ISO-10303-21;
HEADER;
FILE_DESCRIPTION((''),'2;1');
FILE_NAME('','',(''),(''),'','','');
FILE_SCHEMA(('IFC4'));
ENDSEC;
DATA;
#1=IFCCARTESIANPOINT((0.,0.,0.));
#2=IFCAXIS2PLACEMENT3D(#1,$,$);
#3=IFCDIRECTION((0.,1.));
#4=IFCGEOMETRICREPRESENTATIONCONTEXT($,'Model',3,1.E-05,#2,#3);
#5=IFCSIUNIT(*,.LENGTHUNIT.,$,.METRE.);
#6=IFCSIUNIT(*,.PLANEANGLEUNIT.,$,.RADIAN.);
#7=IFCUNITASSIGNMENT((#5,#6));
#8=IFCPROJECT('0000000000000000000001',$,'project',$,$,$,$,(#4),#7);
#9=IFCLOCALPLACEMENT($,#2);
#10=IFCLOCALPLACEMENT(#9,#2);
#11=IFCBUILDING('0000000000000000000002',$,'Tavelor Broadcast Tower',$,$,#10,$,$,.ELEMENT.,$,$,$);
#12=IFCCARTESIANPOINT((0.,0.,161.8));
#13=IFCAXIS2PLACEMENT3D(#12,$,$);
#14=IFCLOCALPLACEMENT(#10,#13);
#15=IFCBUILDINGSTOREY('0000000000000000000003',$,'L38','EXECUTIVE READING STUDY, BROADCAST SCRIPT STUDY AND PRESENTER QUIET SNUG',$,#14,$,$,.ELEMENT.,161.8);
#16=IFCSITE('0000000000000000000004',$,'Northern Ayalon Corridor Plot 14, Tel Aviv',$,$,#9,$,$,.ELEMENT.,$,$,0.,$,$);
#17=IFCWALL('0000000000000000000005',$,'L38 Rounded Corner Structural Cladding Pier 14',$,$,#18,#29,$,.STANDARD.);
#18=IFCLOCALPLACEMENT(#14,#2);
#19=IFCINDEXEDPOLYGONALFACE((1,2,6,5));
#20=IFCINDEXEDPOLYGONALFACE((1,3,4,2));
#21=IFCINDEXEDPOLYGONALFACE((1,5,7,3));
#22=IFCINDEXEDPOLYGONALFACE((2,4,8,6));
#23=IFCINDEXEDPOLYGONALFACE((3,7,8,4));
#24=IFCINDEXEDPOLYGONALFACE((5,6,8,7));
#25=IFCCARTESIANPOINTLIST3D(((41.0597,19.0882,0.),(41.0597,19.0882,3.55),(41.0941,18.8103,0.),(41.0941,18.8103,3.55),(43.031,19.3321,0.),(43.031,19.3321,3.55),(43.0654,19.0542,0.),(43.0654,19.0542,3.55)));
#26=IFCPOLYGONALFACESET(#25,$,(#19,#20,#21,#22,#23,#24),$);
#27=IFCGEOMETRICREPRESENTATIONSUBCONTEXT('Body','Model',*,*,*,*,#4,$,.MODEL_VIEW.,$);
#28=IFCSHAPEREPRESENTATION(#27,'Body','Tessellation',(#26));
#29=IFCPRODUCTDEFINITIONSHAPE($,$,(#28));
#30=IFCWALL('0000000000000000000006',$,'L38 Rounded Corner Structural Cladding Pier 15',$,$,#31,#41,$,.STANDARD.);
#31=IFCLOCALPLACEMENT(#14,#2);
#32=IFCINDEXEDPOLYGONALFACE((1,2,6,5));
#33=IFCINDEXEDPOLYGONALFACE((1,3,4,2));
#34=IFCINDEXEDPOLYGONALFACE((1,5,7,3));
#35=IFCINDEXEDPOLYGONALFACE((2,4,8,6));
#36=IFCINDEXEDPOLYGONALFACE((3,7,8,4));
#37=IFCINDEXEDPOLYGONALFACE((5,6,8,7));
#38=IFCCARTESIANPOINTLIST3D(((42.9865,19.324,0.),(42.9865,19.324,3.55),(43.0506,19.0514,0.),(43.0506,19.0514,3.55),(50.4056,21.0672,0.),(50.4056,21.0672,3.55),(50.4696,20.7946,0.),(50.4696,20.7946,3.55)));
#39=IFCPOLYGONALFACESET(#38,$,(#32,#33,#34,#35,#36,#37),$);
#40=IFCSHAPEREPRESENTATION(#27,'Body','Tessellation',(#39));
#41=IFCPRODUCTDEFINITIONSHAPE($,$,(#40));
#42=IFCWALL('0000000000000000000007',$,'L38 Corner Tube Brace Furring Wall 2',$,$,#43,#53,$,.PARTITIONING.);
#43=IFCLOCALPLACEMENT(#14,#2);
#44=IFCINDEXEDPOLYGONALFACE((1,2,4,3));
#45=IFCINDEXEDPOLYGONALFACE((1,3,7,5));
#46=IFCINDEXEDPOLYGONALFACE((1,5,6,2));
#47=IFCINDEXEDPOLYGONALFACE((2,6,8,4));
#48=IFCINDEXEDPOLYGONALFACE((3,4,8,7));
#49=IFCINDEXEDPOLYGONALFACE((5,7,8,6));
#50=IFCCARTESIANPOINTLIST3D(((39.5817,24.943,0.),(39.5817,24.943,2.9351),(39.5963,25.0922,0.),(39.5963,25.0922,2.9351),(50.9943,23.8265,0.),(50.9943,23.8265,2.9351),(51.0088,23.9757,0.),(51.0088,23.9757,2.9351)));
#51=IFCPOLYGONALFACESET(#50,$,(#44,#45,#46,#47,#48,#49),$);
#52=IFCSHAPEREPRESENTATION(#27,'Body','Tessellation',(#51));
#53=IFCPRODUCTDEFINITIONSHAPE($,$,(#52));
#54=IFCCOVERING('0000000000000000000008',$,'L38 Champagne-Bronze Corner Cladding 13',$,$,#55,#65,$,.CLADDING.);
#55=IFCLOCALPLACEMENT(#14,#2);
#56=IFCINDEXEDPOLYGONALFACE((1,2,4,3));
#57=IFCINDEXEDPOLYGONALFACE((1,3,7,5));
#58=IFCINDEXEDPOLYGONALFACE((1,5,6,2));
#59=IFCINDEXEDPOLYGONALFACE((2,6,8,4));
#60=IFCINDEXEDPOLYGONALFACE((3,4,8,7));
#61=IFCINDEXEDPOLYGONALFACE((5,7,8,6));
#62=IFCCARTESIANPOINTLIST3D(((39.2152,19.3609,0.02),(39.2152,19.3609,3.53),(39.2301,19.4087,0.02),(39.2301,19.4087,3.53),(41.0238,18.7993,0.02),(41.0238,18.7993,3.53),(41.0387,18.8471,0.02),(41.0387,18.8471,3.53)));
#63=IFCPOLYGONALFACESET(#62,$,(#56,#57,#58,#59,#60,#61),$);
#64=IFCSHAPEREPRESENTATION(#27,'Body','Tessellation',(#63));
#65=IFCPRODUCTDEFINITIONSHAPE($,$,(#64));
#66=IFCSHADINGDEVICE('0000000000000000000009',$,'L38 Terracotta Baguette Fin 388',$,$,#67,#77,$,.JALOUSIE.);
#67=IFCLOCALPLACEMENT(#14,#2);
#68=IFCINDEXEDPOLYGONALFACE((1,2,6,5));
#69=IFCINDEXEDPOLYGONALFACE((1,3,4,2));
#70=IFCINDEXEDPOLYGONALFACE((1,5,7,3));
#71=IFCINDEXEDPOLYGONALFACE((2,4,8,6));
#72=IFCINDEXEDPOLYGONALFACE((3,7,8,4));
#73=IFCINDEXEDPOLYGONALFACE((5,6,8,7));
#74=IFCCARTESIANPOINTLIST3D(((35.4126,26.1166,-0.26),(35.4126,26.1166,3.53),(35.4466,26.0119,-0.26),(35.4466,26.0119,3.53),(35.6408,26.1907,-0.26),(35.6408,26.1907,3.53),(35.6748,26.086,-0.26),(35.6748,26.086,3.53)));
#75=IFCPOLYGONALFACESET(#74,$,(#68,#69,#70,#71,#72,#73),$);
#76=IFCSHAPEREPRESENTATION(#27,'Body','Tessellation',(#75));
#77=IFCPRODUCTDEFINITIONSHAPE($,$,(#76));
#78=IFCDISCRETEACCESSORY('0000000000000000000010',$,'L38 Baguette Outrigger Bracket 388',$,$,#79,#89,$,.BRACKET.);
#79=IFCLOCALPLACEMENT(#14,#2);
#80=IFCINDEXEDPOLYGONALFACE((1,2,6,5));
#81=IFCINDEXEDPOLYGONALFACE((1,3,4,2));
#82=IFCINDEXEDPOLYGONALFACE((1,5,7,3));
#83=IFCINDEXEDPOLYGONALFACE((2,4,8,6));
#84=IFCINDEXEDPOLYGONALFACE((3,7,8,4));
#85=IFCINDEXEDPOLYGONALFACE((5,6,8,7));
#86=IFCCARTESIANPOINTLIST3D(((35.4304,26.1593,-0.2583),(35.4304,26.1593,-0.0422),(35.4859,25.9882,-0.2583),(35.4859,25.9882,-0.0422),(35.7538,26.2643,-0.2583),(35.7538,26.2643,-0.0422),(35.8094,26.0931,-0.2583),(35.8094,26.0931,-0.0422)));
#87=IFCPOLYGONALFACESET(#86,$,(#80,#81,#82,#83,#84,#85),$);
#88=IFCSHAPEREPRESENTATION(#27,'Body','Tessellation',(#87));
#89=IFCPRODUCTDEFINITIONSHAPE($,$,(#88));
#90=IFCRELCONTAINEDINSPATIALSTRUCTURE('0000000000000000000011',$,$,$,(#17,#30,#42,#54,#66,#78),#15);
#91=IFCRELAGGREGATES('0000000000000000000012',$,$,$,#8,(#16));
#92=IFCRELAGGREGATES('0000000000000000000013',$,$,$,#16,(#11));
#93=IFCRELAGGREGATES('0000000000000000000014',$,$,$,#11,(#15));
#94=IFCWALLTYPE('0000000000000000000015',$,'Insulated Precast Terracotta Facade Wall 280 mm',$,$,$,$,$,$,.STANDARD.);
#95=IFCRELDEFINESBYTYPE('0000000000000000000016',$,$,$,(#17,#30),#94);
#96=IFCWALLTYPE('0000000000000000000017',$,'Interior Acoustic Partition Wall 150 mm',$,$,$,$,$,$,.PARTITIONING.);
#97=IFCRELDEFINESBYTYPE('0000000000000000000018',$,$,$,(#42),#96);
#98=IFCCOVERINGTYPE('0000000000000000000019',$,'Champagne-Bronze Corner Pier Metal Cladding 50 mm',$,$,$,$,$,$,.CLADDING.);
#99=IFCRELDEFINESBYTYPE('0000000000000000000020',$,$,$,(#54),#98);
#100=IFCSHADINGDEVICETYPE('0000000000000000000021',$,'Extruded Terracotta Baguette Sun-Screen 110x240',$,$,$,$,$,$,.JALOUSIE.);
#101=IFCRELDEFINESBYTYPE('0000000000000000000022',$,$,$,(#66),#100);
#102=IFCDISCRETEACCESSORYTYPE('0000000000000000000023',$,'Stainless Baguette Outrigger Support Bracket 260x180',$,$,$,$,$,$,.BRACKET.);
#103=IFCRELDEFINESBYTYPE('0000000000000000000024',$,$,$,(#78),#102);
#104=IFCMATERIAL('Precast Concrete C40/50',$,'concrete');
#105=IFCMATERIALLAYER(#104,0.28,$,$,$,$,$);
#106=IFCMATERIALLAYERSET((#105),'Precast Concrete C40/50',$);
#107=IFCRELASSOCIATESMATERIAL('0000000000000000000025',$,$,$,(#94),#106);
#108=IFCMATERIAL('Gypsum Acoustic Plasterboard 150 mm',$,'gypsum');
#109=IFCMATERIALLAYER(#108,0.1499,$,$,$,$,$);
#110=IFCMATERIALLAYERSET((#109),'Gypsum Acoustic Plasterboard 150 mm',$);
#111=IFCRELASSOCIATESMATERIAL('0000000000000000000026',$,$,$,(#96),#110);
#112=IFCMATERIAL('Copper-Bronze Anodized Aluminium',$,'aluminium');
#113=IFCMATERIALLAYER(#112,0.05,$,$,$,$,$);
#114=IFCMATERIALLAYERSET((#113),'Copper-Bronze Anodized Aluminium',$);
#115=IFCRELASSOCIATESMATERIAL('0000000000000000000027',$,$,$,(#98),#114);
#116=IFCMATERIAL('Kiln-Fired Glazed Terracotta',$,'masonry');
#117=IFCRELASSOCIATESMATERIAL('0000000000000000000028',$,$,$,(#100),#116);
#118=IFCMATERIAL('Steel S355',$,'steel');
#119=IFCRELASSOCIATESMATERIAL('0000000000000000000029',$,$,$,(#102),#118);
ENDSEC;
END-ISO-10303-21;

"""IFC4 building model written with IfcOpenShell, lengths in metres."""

from ifc_helpers import new_model, si_unit, direction, frame, frame_2d, origin, origin_2d, place, context, subcontext, project, spatial, rectangle, extrude, source, transform, mapped, material, layer, layer_set, type_object, type_shapes, element, save


model = new_model("IFC4")

# Units and contexts
model_context = context("Model", 3, precision=1e-05, world=origin(), true_north=direction((0.0, 1.0)))
body_context = subcontext(model_context, "Body", "Model", "MODEL_VIEW")
ifc_project = project(units=[si_unit("LENGTHUNIT", "METRE"), si_unit("PLANEANGLEUNIT", "RADIAN")], contexts=[model_context])

# Site, building, storey
site_placement = place(None, origin())
site = spatial("IfcSite", under=ifc_project, at=site_placement, Name="Northern Ayalon Corridor Plot 14, Tel Aviv", CompositionType="ELEMENT", RefElevation=0.0)
building_placement = place(site_placement, origin())
building = spatial("IfcBuilding", under=site, at=building_placement, Name="Tavelor Broadcast Tower", CompositionType="ELEMENT")
storey_placement = place(building_placement, frame((0.0, 0.0, 161.8)))
storey = spatial("IfcBuildingStorey", under=building, at=storey_placement, Name="L38", Description="EXECUTIVE READING STUDY, BROADCAST SCRIPT STUDY AND PRESENTER QUIET SNUG", CompositionType="ELEMENT", Elevation=161.8)

# Shared definitions
ifc_material_1 = material(Name="Steel S355", Category="steel")

# Walls
ifc_material_2 = material(Name="Precast Concrete C40/50", Category="concrete")
ifc_layer_1 = layer(ifc_material_2, 0.28)
ifc_layer_set_1 = layer_set([ifc_layer_1], Name="Precast Concrete C40/50")
wall_type_1 = type_object("IfcWallType", Name="Insulated Precast Terracotta Facade Wall 280 mm", PredefinedType="STANDARD", material=ifc_layer_set_1)
wall_1_placement = place(storey_placement, frame((41.0769, 18.9492, 0.0), z_axis=(0.0, 0.0, 1.0), x_axis=(0.992432, 0.122794, 0.0)))
element("IfcWall", 1, at=wall_1_placement, inside=storey, type_object=wall_type_1, Name="L38 Rounded Corner Structural Cladding Pier 14", PredefinedType="STANDARD", context=body_context, shape_type="SweptSolid", body=[
    extrude(rectangle(XDim=1.9863, YDim=0.28, at=frame_2d((0.9932, 0.0))), origin(), (0.0, 0.0, 1.0), 3.55),
])
wall_2_placement = place(storey_placement, frame((43.0186, 19.1877, 0.0), z_axis=(0.0, 0.0, 1.0), x_axis=(0.973489, 0.228732, 0.0)))
element("IfcWall", 2, at=wall_2_placement, inside=storey, type_object=wall_type_1, Name="L38 Rounded Corner Structural Cladding Pier 15", PredefinedType="STANDARD", context=body_context, shape_type="SweptSolid", body=[
    extrude(rectangle(XDim=7.6211, YDim=0.28, at=frame_2d((3.8105, 0.0))), origin(), (0.0, 0.0, 1.0), 3.55),
])
ifc_material_3 = material(Name="Gypsum Acoustic Plasterboard 150 mm", Category="gypsum")
ifc_layer_2 = layer(ifc_material_3, 0.1499)
ifc_layer_set_2 = layer_set([ifc_layer_2], Name="Gypsum Acoustic Plasterboard 150 mm")
wall_type_2 = type_object("IfcWallType", Name="Interior Acoustic Partition Wall 150 mm", PredefinedType="PARTITIONING", material=ifc_layer_set_2)
wall_3_placement = place(storey_placement, frame((39.5891, 25.0176, 0.0), z_axis=(0.0, 0.0, 1.0), x_axis=(0.995249, -0.097362, 0.0)))
element("IfcWall", 3, at=wall_3_placement, inside=storey, type_object=wall_type_2, Name="L38 Corner Tube Brace Furring Wall 2", PredefinedType="PARTITIONING", context=body_context, shape_type="SweptSolid", body=[
    extrude(rectangle(XDim=11.467, YDim=0.1499, at=frame_2d((5.7334, 0.0))), origin(), (0.0, 0.0, 1.0), 2.9351),
])

# Covering
ifc_material_4 = material(Name="Copper-Bronze Anodized Aluminium", Category="aluminium")
ifc_layer_3 = layer(ifc_material_4, 0.05)
ifc_layer_set_3 = layer_set([ifc_layer_3], Name="Copper-Bronze Anodized Aluminium")
covering_type = type_object("IfcCoveringType", Name="Champagne-Bronze Corner Pier Metal Cladding 50 mm", PredefinedType="CLADDING", material=ifc_layer_set_3)
covering_placement = place(storey_placement, frame((40.127, 19.104, 0.02), z_axis=(0.0, 0.0, 1.0), x_axis=(0.95502, -0.296542, 0.0)))
element("IfcCovering", 4, at=covering_placement, inside=storey, type_object=covering_type, Name="L38 Champagne-Bronze Corner Cladding 13", PredefinedType="CLADDING", context=body_context, shape_type="SweptSolid", body=[
    extrude(rectangle(XDim=1.8938, YDim=0.05, at=origin_2d()), origin(), (0.0, 0.0, 1.0), 3.51),
])

# Shading device
ifc_material_5 = material(Name="Kiln-Fired Glazed Terracotta", Category="masonry")
shading_device_type = type_object("IfcShadingDeviceType", Name="Extruded Terracotta Baguette Sun-Screen 110x240", PredefinedType="JALOUSIE", material=ifc_material_5)
shared_shape_1 = source(origin(), body_context, "Body", "SweptSolid", [
    extrude(rectangle(XDim=0.1101, YDim=0.24, at=origin_2d()), origin(), (0.0, 0.0, 1.0), 3.79),
])
type_shapes(shading_device_type, [shared_shape_1])
shading_device_placement = place(storey_placement, frame((35.5437, 26.1013, -0.26), z_axis=(0.0, 0.0, 1.0), x_axis=(0.308685, -0.951164, 0.0)))
element("IfcShadingDevice", 5, at=shading_device_placement, inside=storey, type_object=shading_device_type, Name="L38 Terracotta Baguette Fin 388", PredefinedType="JALOUSIE", context=body_context, shape_type="MappedRepresentation", body=[
    mapped(shared_shape_1, transform((0.0, 0.0, 0.0), scale=1.0)),
])

# Discrete accessory
discrete_accessory_type = type_object("IfcDiscreteAccessoryType", Name="Stainless Baguette Outrigger Support Bracket 260x180", PredefinedType="BRACKET", material=ifc_material_1)
shared_shape_2 = source(origin(), body_context, "Body", "SweptSolid", [
    extrude(rectangle(XDim=0.1799, YDim=0.3401, at=origin_2d()), origin(), (0.0, 0.0, 1.0), 0.2161),
])
type_shapes(discrete_accessory_type, [shared_shape_2])
discrete_accessory_placement = place(storey_placement, frame((35.6199, 26.1262, -0.2583), z_axis=(0.0, 0.0, 1.0), x_axis=(0.308685, -0.951164, 0.0)))
element("IfcDiscreteAccessory", 6, at=discrete_accessory_placement, inside=storey, type_object=discrete_accessory_type, Name="L38 Baguette Outrigger Bracket 388", PredefinedType="BRACKET", context=body_context, shape_type="MappedRepresentation", body=[
    mapped(shared_shape_2, transform((0.0, 0.0, 0.0), scale=1.0)),
])

save(model, "model.ifc")
